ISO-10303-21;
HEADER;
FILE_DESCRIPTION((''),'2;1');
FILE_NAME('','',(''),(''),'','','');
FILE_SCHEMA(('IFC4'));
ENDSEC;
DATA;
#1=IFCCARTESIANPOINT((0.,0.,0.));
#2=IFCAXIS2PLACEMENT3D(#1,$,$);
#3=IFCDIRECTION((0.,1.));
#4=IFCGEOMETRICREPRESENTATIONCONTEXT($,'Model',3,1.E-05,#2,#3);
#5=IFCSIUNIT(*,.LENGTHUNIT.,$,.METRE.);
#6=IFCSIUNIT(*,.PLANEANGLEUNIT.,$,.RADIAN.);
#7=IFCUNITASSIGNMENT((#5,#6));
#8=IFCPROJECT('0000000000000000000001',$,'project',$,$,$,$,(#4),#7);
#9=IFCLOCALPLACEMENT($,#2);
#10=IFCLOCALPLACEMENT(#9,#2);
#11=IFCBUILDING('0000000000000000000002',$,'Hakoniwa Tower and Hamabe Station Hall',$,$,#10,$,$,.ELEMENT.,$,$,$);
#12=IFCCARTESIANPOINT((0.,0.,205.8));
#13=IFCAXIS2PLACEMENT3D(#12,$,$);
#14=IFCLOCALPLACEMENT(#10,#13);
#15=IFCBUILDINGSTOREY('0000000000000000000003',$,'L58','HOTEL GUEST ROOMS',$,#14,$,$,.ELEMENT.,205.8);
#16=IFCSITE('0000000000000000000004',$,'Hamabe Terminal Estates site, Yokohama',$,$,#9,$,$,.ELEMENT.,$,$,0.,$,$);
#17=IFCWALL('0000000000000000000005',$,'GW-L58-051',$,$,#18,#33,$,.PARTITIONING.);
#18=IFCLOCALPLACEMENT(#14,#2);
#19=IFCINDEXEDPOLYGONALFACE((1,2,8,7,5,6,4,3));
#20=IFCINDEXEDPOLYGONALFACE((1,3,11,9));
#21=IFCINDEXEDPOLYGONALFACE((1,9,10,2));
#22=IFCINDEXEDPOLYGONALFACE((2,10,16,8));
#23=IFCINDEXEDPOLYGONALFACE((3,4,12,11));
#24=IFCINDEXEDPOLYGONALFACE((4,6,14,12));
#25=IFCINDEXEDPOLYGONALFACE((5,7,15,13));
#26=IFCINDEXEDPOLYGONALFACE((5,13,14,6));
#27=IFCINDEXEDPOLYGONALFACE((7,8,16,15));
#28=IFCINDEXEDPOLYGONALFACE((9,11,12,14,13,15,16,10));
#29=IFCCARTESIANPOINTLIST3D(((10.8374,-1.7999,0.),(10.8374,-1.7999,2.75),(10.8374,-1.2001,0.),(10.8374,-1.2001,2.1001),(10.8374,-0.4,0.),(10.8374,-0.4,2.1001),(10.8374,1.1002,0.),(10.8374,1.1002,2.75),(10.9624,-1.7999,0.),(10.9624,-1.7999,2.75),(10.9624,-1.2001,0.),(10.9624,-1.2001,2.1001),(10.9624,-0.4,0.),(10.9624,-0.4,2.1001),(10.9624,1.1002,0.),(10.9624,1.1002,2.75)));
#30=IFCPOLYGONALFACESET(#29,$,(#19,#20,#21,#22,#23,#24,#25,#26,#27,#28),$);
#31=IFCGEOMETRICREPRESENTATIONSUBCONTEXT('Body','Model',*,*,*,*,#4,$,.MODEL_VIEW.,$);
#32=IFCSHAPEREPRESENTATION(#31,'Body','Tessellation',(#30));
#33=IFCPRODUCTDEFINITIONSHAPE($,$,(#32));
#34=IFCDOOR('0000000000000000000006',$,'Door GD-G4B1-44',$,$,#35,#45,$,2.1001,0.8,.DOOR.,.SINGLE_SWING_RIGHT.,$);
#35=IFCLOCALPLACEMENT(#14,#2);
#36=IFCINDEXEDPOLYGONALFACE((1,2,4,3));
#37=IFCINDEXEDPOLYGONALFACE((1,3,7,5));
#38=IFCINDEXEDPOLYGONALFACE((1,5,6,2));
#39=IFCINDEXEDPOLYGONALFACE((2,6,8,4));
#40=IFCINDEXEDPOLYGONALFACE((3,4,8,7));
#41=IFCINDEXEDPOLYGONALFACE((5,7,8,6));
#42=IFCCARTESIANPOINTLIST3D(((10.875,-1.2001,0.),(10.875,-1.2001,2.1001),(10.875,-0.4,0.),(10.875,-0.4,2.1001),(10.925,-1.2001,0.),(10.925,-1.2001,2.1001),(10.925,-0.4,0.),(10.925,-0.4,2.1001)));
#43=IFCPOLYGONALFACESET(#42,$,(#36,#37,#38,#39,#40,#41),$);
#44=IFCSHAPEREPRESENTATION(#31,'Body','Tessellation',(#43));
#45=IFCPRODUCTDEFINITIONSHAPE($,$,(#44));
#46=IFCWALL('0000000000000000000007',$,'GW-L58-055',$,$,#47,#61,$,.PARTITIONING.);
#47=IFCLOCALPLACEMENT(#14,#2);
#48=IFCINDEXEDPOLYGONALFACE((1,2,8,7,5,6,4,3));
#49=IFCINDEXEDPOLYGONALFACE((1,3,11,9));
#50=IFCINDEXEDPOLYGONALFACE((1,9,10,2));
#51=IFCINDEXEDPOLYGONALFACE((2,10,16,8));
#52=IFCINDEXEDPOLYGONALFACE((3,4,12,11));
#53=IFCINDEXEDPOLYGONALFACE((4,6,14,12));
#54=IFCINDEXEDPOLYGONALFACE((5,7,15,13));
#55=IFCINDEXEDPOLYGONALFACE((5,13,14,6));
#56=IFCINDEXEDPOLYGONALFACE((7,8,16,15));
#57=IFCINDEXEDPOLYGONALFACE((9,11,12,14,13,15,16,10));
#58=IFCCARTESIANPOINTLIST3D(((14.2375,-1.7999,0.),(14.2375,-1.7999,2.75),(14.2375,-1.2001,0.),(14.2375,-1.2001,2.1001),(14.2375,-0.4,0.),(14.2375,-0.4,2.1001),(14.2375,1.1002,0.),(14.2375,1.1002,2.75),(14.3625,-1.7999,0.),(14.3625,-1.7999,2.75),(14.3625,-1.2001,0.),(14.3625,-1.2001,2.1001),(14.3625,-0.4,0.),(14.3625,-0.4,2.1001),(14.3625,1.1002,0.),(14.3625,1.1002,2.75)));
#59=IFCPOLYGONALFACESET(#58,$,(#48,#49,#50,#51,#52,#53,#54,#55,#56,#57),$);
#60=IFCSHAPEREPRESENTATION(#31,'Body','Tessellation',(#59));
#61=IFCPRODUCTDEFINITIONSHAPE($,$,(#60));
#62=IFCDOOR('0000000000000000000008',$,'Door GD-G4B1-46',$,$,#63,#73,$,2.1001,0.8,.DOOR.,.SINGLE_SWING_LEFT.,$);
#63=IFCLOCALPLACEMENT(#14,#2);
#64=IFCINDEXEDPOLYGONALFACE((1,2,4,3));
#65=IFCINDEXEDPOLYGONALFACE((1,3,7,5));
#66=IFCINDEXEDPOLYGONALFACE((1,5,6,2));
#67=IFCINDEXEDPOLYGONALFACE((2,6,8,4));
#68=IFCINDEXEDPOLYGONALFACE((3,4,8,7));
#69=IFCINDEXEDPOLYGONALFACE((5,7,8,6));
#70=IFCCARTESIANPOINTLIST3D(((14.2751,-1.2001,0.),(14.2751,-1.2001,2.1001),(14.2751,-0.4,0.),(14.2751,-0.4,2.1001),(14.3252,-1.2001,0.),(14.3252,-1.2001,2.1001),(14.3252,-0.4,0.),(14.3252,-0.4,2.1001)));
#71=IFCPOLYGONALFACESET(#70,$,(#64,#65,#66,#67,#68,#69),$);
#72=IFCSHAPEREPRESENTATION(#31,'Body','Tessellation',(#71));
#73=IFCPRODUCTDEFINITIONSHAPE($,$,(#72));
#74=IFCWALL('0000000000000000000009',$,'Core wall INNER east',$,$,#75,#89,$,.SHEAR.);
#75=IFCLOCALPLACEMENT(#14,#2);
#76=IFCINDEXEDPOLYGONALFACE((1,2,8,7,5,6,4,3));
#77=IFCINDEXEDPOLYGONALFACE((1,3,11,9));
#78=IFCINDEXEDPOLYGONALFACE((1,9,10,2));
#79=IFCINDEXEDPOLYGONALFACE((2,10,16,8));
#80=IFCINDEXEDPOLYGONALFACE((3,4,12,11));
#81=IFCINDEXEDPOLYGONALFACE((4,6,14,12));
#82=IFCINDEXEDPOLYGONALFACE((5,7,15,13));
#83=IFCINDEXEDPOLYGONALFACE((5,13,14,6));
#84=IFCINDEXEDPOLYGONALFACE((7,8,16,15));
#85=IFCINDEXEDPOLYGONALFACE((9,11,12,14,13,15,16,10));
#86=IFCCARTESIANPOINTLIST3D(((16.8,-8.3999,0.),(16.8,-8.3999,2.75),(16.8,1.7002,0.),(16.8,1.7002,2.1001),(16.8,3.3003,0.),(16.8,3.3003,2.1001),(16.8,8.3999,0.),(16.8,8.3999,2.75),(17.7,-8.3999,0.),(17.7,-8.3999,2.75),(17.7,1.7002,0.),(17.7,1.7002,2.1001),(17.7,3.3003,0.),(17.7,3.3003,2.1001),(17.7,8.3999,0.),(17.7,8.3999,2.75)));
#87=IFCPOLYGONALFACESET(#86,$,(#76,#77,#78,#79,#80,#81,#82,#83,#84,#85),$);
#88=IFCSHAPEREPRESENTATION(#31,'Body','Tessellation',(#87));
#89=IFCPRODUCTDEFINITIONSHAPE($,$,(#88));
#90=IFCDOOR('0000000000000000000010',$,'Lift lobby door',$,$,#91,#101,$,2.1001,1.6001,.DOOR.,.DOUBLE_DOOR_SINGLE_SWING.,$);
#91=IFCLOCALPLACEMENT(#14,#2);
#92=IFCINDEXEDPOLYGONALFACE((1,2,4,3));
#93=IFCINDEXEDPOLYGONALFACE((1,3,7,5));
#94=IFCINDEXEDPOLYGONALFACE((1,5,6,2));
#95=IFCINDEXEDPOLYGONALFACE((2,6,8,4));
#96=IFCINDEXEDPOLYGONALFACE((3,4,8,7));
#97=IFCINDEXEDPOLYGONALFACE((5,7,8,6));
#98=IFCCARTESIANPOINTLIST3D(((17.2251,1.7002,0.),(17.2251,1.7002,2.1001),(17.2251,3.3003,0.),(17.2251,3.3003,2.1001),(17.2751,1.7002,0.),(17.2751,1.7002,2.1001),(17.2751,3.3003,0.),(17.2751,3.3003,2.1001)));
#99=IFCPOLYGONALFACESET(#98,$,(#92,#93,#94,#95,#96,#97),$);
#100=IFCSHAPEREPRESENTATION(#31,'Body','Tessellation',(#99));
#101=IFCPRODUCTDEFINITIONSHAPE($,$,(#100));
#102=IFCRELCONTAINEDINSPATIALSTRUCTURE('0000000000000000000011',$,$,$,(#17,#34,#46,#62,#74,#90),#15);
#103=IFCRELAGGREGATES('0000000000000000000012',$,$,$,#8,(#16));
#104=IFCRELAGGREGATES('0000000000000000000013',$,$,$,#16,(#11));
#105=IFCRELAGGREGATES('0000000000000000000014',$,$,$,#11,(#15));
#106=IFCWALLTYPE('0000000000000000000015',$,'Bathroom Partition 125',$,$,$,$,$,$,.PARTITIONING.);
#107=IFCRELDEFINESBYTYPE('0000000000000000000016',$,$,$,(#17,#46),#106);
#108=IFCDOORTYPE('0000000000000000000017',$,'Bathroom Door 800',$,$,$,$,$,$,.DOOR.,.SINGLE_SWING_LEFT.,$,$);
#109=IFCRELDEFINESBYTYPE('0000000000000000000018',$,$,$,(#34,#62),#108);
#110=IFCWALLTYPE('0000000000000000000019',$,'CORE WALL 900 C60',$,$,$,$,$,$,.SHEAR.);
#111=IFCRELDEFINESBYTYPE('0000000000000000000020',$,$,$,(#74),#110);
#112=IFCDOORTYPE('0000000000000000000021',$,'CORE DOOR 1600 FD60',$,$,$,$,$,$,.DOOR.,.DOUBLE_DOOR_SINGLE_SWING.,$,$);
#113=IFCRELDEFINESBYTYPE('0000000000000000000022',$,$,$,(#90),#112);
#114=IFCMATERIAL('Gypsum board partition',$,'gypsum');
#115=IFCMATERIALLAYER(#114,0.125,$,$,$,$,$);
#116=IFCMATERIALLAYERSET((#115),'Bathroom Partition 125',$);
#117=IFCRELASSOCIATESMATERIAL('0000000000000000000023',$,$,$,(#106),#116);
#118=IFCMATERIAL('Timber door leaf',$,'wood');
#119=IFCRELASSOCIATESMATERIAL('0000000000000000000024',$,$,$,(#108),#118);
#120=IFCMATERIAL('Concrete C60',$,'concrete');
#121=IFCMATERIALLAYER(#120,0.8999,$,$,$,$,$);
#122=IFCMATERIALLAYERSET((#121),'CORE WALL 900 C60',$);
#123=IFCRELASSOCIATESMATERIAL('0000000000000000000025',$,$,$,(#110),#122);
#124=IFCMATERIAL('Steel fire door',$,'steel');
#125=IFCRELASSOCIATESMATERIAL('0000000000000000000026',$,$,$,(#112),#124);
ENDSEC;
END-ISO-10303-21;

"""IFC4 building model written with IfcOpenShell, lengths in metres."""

from ifc_helpers import new_model, si_unit, direction, frame, frame_2d, origin, place, context, subcontext, project, spatial, rectangle, extrude, material, layer, layer_set, type_object, element, fill, save


model = new_model("IFC4")

# Units and contexts
model_context = context("Model", 3, precision=1e-05, world=origin(), true_north=direction((0.0, 1.0)))
body_context = subcontext(model_context, "Body", "Model", "MODEL_VIEW")
ifc_project = project(units=[si_unit("LENGTHUNIT", "METRE"), si_unit("PLANEANGLEUNIT", "RADIAN")], contexts=[model_context])

# Site, building, storey
site_placement = place(None, origin())
site = spatial("IfcSite", under=ifc_project, at=site_placement, Name="Hamabe Terminal Estates site, Yokohama", CompositionType="ELEMENT", RefElevation=0.0)
building_placement = place(site_placement, origin())
building = spatial("IfcBuilding", under=site, at=building_placement, Name="Hakoniwa Tower and Hamabe Station Hall", CompositionType="ELEMENT")
storey_placement = place(building_placement, frame((0.0, 0.0, 205.8)))
storey = spatial("IfcBuildingStorey", under=building, at=storey_placement, Name="L58", Description="HOTEL GUEST ROOMS", CompositionType="ELEMENT", Elevation=205.8)

# Shared definitions
ifc_material_1 = material(Name="Gypsum board partition", Category="gypsum")
ifc_layer_1 = layer(ifc_material_1, 0.125)
ifc_layer_set_1 = layer_set([ifc_layer_1], Name="Bathroom Partition 125")
wall_type_1 = type_object("IfcWallType", Name="Bathroom Partition 125", PredefinedType="PARTITIONING", material=ifc_layer_set_1)

# Walls, openings, doors
wall_1_placement = place(storey_placement, frame((10.8999, -1.8, 0.0), z_axis=(0.0, 0.0, 1.0), x_axis=(0.0, 1.0, 0.0)))
wall_1 = element("IfcWall", 1, at=wall_1_placement, inside=storey, type_object=wall_type_1, Name="GW-L58-051", PredefinedType="PARTITIONING", context=body_context, shape_type="SweptSolid", body=[
    extrude(rectangle(XDim=2.9001, YDim=0.125, at=frame_2d((1.4502, 0.0))), origin(), (0.0, 0.0, 1.0), 2.75),
])
opening_1_placement = place(wall_1_placement, frame((0.6001, 0.0, 0.0)))
opening_1 = element("IfcOpeningElement", 2, at=opening_1_placement, cuts=wall_1, PredefinedType="OPENING", context=body_context, shape_type="SweptSolid", body=[
    extrude(rectangle(XDim=0.8, YDim=2.1001, at=frame_2d((0.3999, 1.05))), frame((0.0, 0.0725, 0.0), z_axis=(0.0, -1.0, 0.0), x_axis=(1.0, 0.0, 0.0)), (0.0, 0.0, 1.0), 0.145),
])
ifc_material_2 = material(Name="Timber door leaf", Category="wood")
door_type_1 = type_object("IfcDoorType", Name="Bathroom Door 800", OperationType="SINGLE_SWING_LEFT", PredefinedType="DOOR", material=ifc_material_2)
door_1_placement = place(opening_1_placement, origin())
door_1 = element("IfcDoor", 3, at=door_1_placement, inside=storey, type_object=door_type_1, Name="Door GD-G4B1-44", OperationType="SINGLE_SWING_RIGHT", OverallHeight=2.1001, OverallWidth=0.8, PredefinedType="DOOR", context=body_context, shape_type="SweptSolid", body=[
    extrude(rectangle(XDim=0.8, YDim=2.1001, at=frame_2d((0.3999, 1.05))), frame((0.0, 0.0249, 0.0), z_axis=(0.0, -1.0, 0.0), x_axis=(1.0, 0.0, 0.0)), (0.0, 0.0, 1.0), 0.05),
])
fill(opening_1, door_1)
wall_2_placement = place(storey_placement, frame((14.3, -1.8, 0.0), z_axis=(0.0, 0.0, 1.0), x_axis=(0.0, 1.0, 0.0)))
wall_2 = element("IfcWall", 4, at=wall_2_placement, inside=storey, type_object=wall_type_1, Name="GW-L58-055", PredefinedType="PARTITIONING", context=body_context, shape_type="SweptSolid", body=[
    extrude(rectangle(XDim=2.9001, YDim=0.125, at=frame_2d((1.4502, 0.0))), origin(), (0.0, 0.0, 1.0), 2.75),
])
opening_2_placement = place(wall_2_placement, frame((0.6001, 0.0, 0.0)))
opening_2 = element("IfcOpeningElement", 5, at=opening_2_placement, cuts=wall_2, PredefinedType="OPENING", context=body_context, shape_type="SweptSolid", body=[
    extrude(rectangle(XDim=0.8, YDim=2.1001, at=frame_2d((0.3999, 1.05))), frame((0.0, 0.0725, 0.0), z_axis=(0.0, -1.0, 0.0), x_axis=(1.0, 0.0, 0.0)), (0.0, 0.0, 1.0), 0.145),
])
door_2_placement = place(opening_2_placement, origin())
door_2 = element("IfcDoor", 6, at=door_2_placement, inside=storey, type_object=door_type_1, Name="Door GD-G4B1-46", OperationType="SINGLE_SWING_LEFT", OverallHeight=2.1001, OverallWidth=0.8, PredefinedType="DOOR", context=body_context, shape_type="SweptSolid", body=[
    extrude(rectangle(XDim=0.8, YDim=2.1001, at=frame_2d((0.3999, 1.05))), frame((0.0, 0.0249, 0.0), z_axis=(0.0, -1.0, 0.0), x_axis=(1.0, 0.0, 0.0)), (0.0, 0.0, 1.0), 0.05),
])
fill(opening_2, door_2)
ifc_material_3 = material(Name="Concrete C60", Category="concrete")
ifc_layer_2 = layer(ifc_material_3, 0.8999)
ifc_layer_set_2 = layer_set([ifc_layer_2], Name="CORE WALL 900 C60")
wall_type_2 = type_object("IfcWallType", Name="CORE WALL 900 C60", PredefinedType="SHEAR", material=ifc_layer_set_2)
wall_3_placement = place(storey_placement, frame((17.25, -8.3999, 0.0), z_axis=(0.0, 0.0, 1.0), x_axis=(0.0, 1.0, 0.0)))
wall_3 = element("IfcWall", 7, at=wall_3_placement, inside=storey, type_object=wall_type_2, Name="Core wall INNER east", PredefinedType="SHEAR", context=body_context, shape_type="SweptSolid", body=[
    extrude(rectangle(XDim=16.7998, YDim=0.8999, at=frame_2d((8.3999, 0.0))), origin(), (0.0, 0.0, 1.0), 2.75),
])
opening_3_placement = place(wall_3_placement, frame((10.1001, 0.0, 0.0)))
opening_3 = element("IfcOpeningElement", 8, at=opening_3_placement, cuts=wall_3, PredefinedType="OPENING", context=body_context, shape_type="SweptSolid", body=[
    extrude(rectangle(XDim=1.6001, YDim=2.1001, at=frame_2d((0.8, 1.05))), frame((0.0, 0.46, 0.0), z_axis=(0.0, -1.0, 0.0), x_axis=(1.0, 0.0, 0.0)), (0.0, 0.0, 1.0), 0.9199),
])
ifc_material_4 = material(Name="Steel fire door", Category="steel")
door_type_2 = type_object("IfcDoorType", Name="CORE DOOR 1600 FD60", OperationType="DOUBLE_DOOR_SINGLE_SWING", PredefinedType="DOOR", material=ifc_material_4)
door_3_placement = place(opening_3_placement, origin())
door_3 = element("IfcDoor", 9, at=door_3_placement, inside=storey, type_object=door_type_2, Name="Lift lobby door", OperationType="DOUBLE_DOOR_SINGLE_SWING", OverallHeight=2.1001, OverallWidth=1.6001, PredefinedType="DOOR", context=body_context, shape_type="SweptSolid", body=[
    extrude(rectangle(XDim=1.6001, YDim=2.1001, at=frame_2d((0.8, 1.05))), frame((0.0, 0.0249, 0.0), z_axis=(0.0, -1.0, 0.0), x_axis=(1.0, 0.0, 0.0)), (0.0, 0.0, 1.0), 0.05),
])
fill(opening_3, door_3)

save(model, "model.ifc")
